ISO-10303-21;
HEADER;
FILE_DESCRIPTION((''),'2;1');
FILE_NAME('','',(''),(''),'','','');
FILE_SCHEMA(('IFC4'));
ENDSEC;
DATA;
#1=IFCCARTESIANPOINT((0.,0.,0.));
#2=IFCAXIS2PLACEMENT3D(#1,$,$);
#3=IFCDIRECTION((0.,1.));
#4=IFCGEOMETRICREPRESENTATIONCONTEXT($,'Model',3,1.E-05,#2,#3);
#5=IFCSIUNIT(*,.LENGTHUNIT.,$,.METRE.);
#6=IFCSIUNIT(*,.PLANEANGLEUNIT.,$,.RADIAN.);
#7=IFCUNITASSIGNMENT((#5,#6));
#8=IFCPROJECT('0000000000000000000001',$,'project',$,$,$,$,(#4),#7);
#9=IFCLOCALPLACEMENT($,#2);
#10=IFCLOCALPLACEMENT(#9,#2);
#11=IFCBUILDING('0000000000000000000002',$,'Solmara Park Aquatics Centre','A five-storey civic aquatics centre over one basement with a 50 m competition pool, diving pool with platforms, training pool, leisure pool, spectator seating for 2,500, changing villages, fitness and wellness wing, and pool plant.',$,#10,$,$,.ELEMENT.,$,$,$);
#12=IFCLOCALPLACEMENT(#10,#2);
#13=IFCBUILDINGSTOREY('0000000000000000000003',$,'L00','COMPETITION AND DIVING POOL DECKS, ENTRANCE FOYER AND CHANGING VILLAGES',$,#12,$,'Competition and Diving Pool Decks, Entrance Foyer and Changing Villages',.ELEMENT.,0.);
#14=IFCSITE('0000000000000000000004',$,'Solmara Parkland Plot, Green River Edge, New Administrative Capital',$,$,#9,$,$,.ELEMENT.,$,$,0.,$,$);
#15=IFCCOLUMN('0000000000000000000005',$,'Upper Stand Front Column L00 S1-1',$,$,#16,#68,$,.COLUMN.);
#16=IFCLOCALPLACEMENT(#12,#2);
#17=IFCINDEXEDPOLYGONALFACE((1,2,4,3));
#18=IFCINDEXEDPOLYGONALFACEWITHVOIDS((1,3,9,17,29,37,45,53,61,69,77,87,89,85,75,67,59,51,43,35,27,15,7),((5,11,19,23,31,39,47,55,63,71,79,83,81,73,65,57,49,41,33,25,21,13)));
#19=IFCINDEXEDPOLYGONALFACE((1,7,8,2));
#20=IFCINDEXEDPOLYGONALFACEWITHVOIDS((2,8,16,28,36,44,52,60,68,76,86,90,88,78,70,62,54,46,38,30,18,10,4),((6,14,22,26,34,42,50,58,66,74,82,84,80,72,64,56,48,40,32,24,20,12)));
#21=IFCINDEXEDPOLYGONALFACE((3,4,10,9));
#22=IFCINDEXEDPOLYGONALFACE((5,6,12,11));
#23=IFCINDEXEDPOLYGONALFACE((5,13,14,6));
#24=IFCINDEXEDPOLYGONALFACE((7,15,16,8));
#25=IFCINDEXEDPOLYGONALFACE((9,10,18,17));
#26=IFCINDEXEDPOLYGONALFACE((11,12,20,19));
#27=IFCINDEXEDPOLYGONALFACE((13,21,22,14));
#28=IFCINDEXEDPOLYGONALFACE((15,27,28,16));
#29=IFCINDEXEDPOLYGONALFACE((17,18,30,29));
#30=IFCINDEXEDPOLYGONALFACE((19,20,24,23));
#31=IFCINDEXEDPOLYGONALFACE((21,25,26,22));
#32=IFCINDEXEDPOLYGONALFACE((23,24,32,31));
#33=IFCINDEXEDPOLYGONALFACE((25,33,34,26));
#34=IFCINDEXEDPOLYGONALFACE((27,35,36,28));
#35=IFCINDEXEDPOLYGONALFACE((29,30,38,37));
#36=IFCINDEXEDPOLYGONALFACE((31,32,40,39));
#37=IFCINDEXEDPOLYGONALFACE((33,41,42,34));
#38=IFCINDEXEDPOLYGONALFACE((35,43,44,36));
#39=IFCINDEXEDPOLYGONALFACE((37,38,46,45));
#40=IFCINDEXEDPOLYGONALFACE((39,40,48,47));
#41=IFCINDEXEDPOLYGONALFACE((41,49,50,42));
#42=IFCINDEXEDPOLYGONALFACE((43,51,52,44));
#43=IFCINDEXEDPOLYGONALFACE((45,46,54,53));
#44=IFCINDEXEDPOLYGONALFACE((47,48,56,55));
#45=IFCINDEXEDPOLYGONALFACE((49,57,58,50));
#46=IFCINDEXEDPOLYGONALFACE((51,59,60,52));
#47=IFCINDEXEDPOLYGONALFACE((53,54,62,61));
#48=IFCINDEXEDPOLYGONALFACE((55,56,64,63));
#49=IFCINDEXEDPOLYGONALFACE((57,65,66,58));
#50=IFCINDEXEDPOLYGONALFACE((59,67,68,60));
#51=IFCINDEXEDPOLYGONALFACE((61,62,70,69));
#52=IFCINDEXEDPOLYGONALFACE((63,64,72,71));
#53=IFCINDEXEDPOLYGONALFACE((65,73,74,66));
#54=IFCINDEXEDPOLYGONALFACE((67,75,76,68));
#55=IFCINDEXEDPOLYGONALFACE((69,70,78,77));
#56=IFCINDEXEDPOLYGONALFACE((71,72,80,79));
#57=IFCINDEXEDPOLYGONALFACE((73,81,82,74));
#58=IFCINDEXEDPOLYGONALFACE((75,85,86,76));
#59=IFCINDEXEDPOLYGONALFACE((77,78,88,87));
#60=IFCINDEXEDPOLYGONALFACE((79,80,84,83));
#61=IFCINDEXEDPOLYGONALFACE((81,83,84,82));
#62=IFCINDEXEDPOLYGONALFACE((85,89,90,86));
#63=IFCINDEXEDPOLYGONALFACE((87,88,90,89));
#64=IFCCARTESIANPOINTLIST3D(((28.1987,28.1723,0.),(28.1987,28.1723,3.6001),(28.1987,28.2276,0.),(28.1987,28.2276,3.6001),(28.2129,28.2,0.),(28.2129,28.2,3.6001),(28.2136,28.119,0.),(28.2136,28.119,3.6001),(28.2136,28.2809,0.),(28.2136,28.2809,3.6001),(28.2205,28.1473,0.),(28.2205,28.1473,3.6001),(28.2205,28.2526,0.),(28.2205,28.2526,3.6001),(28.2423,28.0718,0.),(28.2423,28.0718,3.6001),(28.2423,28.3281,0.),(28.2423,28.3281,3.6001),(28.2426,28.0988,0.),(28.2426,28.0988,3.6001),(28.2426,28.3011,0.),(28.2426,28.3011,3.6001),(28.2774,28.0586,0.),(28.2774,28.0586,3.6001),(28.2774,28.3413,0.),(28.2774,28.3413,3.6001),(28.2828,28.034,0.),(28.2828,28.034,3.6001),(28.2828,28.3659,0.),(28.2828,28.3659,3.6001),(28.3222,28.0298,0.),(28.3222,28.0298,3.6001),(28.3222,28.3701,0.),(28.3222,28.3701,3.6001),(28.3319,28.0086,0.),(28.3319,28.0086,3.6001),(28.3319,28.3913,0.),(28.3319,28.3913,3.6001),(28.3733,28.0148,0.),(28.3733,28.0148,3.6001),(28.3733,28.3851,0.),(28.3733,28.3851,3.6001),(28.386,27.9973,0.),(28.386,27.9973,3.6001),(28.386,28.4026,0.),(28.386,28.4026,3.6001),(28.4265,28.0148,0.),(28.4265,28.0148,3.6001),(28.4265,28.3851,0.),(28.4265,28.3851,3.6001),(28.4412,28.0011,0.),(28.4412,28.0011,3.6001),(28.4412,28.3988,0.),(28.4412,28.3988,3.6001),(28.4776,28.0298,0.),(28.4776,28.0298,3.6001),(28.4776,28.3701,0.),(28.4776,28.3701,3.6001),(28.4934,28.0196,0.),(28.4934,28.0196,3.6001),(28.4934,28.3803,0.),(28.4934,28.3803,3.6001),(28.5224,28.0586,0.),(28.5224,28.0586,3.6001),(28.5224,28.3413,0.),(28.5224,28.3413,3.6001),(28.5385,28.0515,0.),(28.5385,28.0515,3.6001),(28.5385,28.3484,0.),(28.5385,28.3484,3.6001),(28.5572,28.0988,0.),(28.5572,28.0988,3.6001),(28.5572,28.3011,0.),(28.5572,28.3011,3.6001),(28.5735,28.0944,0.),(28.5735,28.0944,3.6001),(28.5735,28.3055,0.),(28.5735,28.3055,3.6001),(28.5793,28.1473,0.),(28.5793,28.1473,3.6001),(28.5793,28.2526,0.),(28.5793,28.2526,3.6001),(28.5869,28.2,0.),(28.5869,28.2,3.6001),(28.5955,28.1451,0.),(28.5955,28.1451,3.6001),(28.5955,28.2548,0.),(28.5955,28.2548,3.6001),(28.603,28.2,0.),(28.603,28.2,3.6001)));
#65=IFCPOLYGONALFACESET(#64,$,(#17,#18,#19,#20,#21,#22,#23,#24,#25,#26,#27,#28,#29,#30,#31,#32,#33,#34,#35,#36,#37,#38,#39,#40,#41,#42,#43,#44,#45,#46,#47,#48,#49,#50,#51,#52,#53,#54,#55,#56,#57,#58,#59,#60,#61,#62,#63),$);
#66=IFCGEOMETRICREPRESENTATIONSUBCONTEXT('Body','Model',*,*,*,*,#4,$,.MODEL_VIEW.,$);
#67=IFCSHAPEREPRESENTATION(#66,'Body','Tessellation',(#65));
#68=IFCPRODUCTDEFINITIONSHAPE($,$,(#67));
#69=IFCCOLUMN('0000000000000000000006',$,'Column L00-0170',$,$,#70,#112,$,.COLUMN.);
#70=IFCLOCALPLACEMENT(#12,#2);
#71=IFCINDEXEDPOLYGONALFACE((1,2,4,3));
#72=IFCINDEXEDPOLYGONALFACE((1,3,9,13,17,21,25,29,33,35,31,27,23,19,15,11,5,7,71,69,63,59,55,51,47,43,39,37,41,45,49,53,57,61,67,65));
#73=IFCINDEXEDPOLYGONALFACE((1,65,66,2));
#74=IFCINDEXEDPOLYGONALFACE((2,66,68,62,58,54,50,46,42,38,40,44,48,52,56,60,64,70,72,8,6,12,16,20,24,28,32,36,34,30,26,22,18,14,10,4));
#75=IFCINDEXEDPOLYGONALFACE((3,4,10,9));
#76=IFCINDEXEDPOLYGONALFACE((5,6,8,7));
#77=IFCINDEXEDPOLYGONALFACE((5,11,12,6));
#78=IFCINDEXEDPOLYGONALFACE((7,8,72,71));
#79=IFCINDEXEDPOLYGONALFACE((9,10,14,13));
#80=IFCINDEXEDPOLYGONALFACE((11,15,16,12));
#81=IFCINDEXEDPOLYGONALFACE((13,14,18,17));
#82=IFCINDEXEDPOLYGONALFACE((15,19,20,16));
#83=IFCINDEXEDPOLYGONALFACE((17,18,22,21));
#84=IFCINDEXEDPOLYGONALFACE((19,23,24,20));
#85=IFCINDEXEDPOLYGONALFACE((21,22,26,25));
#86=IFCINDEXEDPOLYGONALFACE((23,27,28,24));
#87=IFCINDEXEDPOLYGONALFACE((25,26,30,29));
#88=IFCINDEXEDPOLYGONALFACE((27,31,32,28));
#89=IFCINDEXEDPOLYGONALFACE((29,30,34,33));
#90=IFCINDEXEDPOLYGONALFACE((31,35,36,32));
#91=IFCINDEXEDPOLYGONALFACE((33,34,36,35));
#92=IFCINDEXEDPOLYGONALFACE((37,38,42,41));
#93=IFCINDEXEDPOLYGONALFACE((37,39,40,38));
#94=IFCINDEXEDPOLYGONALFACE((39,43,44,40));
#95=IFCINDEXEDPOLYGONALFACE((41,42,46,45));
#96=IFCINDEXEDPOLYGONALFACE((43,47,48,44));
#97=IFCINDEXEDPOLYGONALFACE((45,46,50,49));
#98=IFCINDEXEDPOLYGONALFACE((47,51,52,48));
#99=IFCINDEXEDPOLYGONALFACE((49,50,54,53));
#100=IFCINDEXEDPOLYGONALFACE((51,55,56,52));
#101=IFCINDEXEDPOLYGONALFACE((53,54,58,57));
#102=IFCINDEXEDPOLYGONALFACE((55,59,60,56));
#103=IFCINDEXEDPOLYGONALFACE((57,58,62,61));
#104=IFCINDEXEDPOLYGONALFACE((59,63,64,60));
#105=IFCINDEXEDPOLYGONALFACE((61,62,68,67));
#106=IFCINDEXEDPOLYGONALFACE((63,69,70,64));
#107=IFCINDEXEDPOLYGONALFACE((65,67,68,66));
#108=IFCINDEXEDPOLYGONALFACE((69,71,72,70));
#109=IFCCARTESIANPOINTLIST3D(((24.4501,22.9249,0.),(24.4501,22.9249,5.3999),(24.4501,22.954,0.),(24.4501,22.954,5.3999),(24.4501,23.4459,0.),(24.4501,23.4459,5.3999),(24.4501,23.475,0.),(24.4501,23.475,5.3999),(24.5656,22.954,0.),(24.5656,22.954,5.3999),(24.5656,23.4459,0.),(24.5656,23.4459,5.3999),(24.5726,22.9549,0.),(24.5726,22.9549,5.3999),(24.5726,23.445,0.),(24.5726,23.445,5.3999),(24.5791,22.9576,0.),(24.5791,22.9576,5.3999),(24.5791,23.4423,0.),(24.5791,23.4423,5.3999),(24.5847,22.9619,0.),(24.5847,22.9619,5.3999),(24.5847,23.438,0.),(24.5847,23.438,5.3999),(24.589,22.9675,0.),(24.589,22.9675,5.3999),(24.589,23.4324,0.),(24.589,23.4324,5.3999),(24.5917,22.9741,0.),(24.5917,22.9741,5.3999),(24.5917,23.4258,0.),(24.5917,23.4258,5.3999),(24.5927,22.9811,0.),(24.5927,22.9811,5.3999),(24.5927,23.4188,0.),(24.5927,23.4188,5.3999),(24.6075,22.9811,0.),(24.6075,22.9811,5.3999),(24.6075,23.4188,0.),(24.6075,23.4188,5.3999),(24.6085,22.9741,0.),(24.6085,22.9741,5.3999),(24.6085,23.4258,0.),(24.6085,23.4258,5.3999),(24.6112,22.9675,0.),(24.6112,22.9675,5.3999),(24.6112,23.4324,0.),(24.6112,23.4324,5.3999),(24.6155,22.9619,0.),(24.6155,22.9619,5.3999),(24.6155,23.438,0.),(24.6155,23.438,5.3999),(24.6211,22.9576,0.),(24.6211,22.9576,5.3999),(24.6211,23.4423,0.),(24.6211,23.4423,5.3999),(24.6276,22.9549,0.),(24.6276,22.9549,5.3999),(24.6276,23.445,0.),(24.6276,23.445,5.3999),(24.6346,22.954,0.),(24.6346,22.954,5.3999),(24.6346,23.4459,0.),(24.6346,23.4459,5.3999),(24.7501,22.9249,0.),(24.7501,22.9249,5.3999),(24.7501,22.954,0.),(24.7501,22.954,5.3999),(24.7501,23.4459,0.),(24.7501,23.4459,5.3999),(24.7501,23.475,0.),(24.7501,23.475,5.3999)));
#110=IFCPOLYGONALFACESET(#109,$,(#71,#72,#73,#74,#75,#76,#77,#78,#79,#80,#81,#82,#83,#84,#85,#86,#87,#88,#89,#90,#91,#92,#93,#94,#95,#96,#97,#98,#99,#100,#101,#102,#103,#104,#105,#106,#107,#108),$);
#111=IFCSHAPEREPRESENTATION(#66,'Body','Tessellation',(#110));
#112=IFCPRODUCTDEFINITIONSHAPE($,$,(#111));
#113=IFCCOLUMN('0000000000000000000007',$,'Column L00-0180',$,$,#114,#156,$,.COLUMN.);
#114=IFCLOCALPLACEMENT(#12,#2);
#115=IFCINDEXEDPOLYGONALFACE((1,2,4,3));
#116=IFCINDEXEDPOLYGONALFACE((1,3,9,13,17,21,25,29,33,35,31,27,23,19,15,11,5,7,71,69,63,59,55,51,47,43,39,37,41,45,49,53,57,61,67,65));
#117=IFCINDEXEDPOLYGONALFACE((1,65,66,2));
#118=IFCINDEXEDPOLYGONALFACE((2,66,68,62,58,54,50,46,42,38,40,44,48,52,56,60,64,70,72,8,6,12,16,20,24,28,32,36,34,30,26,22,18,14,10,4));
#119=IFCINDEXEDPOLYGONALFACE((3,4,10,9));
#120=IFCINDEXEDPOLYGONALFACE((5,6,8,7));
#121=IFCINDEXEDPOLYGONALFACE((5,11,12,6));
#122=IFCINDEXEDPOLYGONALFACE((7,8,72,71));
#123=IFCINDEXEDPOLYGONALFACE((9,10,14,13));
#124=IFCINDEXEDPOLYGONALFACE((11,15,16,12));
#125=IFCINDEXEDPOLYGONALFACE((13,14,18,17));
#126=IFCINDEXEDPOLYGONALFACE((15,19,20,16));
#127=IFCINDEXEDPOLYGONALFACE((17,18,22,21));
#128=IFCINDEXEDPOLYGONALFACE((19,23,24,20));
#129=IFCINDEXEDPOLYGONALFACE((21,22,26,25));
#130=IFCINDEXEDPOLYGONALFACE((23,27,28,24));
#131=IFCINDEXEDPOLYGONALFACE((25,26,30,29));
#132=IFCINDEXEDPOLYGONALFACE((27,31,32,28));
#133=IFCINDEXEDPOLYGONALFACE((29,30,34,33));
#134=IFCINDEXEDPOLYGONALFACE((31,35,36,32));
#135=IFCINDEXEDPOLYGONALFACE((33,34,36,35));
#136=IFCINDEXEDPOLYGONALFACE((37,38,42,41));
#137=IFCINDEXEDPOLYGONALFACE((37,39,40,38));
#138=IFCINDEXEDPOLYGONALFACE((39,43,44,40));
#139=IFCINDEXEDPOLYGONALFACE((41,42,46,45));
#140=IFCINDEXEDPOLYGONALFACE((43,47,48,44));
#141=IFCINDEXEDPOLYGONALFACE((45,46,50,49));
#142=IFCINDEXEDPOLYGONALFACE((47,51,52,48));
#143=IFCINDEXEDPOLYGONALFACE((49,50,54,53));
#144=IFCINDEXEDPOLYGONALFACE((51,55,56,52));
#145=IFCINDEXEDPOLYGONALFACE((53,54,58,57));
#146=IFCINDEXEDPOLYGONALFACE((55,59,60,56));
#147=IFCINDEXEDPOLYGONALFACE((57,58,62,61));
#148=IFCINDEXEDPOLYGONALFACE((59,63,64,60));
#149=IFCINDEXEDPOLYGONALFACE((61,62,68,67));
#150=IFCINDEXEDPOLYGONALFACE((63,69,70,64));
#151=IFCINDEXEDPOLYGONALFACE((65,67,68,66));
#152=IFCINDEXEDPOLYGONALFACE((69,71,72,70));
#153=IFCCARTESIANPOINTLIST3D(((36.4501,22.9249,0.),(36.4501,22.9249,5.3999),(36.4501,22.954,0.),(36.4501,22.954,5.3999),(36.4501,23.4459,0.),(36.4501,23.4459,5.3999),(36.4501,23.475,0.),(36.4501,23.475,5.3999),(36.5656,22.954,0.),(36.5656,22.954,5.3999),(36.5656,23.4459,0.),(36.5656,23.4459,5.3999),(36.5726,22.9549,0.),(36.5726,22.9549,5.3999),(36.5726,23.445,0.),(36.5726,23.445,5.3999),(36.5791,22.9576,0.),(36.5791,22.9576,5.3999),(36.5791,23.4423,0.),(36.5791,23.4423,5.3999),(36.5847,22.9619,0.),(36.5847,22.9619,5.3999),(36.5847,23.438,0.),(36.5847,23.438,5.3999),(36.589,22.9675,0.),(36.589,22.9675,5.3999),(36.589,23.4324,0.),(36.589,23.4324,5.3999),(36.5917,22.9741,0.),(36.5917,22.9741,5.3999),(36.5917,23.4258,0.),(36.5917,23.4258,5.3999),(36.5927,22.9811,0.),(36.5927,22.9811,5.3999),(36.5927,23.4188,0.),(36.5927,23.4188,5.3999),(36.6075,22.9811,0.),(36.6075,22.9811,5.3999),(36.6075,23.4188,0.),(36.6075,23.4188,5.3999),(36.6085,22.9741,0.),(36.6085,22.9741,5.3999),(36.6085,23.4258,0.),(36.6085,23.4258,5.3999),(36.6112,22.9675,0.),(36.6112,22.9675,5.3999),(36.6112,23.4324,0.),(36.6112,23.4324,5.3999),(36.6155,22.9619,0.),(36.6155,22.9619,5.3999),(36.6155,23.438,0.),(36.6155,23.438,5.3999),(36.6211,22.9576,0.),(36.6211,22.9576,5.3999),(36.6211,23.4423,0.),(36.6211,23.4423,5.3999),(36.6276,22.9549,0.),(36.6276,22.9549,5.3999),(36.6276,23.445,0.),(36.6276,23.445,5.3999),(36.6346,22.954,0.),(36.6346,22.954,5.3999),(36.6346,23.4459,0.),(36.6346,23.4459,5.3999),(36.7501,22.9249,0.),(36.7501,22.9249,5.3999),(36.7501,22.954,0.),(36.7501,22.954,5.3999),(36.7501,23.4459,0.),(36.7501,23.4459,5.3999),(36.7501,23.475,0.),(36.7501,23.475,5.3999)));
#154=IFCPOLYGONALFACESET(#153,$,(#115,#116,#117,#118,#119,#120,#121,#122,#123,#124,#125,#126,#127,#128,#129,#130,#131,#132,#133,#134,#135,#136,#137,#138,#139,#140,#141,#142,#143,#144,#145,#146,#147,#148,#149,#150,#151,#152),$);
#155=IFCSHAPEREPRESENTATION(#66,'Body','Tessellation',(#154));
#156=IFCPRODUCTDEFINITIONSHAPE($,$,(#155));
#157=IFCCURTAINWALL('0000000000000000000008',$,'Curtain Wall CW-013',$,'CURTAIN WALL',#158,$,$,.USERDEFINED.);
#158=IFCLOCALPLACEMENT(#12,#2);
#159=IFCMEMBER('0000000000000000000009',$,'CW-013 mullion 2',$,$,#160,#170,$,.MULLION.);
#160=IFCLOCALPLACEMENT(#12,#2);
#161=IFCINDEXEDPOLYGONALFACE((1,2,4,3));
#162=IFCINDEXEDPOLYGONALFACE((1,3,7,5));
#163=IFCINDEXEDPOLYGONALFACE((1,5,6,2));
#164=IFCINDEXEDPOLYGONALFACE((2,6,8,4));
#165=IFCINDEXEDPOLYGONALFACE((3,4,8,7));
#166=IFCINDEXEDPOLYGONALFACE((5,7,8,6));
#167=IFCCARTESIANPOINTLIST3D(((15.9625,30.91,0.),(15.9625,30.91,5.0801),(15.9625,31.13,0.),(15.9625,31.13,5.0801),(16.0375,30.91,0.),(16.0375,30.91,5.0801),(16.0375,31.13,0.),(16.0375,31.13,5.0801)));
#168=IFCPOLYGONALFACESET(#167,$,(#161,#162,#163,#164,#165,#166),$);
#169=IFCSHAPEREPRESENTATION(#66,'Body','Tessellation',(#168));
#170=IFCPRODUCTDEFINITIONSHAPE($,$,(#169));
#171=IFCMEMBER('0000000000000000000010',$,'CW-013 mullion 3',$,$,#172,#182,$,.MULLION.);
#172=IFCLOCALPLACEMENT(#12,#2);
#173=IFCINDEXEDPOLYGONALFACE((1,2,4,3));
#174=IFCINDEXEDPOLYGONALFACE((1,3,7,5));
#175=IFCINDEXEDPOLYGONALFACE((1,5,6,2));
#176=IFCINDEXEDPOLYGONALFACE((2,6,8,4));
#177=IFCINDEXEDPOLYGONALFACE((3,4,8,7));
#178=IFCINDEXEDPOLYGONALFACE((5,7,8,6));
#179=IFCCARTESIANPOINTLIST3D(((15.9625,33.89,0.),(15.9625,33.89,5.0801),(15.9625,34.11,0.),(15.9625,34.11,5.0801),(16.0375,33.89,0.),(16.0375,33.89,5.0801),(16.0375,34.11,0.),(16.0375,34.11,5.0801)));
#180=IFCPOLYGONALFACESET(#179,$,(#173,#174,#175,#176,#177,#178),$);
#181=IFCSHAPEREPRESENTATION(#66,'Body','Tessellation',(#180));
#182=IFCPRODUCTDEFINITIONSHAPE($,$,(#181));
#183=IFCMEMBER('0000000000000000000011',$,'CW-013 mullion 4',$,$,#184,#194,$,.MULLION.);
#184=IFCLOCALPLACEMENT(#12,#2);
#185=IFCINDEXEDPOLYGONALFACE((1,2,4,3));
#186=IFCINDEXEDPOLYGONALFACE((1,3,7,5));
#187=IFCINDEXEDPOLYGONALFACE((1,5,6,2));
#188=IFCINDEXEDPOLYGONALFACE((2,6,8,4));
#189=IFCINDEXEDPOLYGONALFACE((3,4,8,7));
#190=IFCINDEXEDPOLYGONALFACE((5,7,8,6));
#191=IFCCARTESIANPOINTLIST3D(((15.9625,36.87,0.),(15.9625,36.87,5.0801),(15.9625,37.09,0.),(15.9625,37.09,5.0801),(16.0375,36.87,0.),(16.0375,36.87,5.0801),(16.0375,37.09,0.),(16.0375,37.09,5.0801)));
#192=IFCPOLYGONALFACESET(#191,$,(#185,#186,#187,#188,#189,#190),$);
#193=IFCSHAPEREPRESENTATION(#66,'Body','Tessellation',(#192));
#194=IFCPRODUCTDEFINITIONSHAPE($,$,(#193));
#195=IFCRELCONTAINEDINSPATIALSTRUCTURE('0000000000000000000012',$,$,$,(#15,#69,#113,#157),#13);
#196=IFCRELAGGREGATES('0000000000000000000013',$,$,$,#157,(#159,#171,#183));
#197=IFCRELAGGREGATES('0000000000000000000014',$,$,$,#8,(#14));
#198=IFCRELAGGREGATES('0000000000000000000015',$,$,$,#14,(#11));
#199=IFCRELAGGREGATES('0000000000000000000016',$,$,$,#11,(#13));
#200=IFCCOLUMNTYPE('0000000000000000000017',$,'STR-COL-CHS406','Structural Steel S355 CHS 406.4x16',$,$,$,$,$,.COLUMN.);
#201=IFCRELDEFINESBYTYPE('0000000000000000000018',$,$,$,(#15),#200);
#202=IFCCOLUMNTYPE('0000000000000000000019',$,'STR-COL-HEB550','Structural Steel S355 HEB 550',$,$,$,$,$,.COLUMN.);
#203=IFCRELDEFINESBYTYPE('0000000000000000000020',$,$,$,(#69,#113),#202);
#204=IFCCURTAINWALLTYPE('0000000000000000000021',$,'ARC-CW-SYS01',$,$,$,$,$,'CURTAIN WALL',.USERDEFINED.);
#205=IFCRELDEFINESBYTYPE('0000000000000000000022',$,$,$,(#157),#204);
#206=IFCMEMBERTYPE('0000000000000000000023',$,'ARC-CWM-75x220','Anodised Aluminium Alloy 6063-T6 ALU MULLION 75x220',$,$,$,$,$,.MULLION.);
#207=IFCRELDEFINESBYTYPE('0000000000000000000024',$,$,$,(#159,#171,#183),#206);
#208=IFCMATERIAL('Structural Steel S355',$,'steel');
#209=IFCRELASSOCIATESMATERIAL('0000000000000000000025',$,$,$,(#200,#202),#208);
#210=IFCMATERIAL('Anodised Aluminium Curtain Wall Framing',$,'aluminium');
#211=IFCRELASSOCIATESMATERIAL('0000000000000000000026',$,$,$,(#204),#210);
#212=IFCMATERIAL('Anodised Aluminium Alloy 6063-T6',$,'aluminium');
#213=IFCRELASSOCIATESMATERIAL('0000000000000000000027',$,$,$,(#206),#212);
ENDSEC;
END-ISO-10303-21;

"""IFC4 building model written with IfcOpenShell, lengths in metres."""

from ifc_helpers import new_model, si_unit, direction, frame, origin, origin_2d, place, context, subcontext, project, spatial, rectangle, hollow_circle, i_section, extrude, material, material_profile, profile_set, type_object, element, aggregate, save


model = new_model("IFC4")

# Units and contexts
model_context = context("Model", 3, precision=1e-05, world=origin(), true_north=direction((0.0, 1.0)))
body_context = subcontext(model_context, "Body", "Model", "MODEL_VIEW")
ifc_project = project(units=[si_unit("LENGTHUNIT", "METRE"), si_unit("PLANEANGLEUNIT", "RADIAN")], contexts=[model_context])

# Site, building, storey
site_placement = place(None, origin())
site = spatial("IfcSite", under=ifc_project, at=site_placement, Name="Solmara Parkland Plot, Green River Edge, New Administrative Capital", CompositionType="ELEMENT", RefElevation=0.0)
building_placement = place(site_placement, origin())
building = spatial("IfcBuilding", under=site, at=building_placement, Name="Solmara Park Aquatics Centre", Description="A five-storey civic aquatics centre over one basement with a 50 m competition pool, diving pool with platforms, training pool, leisure pool, spectator seating for 2,500, changing villages, fitness and wellness wing, and pool plant.", CompositionType="ELEMENT")
storey_placement = place(building_placement, origin())
storey = spatial("IfcBuildingStorey", under=building, at=storey_placement, Name="L00", Description="COMPETITION AND DIVING POOL DECKS, ENTRANCE FOYER AND CHANGING VILLAGES", LongName="Competition and Diving Pool Decks, Entrance Foyer and Changing Villages", CompositionType="ELEMENT", Elevation=0.0)

# Columns
ifc_material_1 = material(Name="Structural Steel S355", Category="steel")
ifc_material_profile_1 = material_profile(ifc_material_1, hollow_circle(Radius=0.2031, WallThickness=0.0161, at=origin_2d()), Name="CHS 406.4x16")
ifc_profile_set_1 = profile_set([ifc_material_profile_1], Name="Structural Steel S355")
column_type_1 = type_object("IfcColumnType", Name="STR-COL-CHS406", Description="Structural Steel S355 CHS 406.4x16", PredefinedType="COLUMN", material=ifc_profile_set_1)
column_placement = place(storey_placement, frame((28.3999, 28.2, 0.0), z_axis=(0.0, 0.0, 1.0), x_axis=(1.0, 0.0, 0.0)))
element("IfcColumn", 1, at=column_placement, inside=storey, type_object=column_type_1, Name="Upper Stand Front Column L00 S1-1", PredefinedType="COLUMN", context=body_context, shape_type="SweptSolid", body=[
    extrude(hollow_circle(Radius=0.2031, WallThickness=0.0161, at=origin_2d()), origin(), (0.0, 0.0, 1.0), 3.6001),
])
ifc_material_profile_2 = material_profile(ifc_material_1, i_section(OverallWidth=0.3, OverallDepth=0.55, WebThickness=0.0149, FlangeThickness=0.0291, FilletRadius=0.0271, at=origin_2d()), Name="HEB 550")
ifc_profile_set_2 = profile_set([ifc_material_profile_2], Name="Structural Steel S355")
column_type_2 = type_object("IfcColumnType", Name="STR-COL-HEB550", Description="Structural Steel S355 HEB 550", PredefinedType="COLUMN", material=ifc_profile_set_2)
for number, where, z_axis, x_axis, name in (
    (2, (24.6001, 23.2, 0.0), (0.0, 0.0, 1.0), (1.0, 0.0, 0.0), "Column L00-0170"),
    (3, (36.6001, 23.2, 0.0), (0.0, 0.0, 1.0), (1.0, 0.0, 0.0), "Column L00-0180"),
):
    element("IfcColumn", number, at=place(storey_placement, frame(where, z_axis=z_axis, x_axis=x_axis)), inside=storey, type_object=column_type_2, Name=name, PredefinedType="COLUMN", context=body_context, shape_type="SweptSolid", body=[
        extrude(i_section(OverallWidth=0.3, OverallDepth=0.55, WebThickness=0.0149, FlangeThickness=0.0291, FilletRadius=0.0271, at=origin_2d()), origin(), (0.0, 0.0, 1.0), 5.3999),
    ])

# Curtain wall, members
ifc_material_2 = material(Name="Anodised Aluminium Curtain Wall Framing", Category="aluminium")
curtain_wall_type = type_object("IfcCurtainWallType", Name="ARC-CW-SYS01", ElementType="CURTAIN WALL", PredefinedType="USERDEFINED", material=ifc_material_2)
curtain_wall_placement = place(storey_placement, origin())
curtain_wall = element("IfcCurtainWall", 4, at=curtain_wall_placement, inside=storey, type_object=curtain_wall_type, Name="Curtain Wall CW-013", ObjectType="CURTAIN WALL", PredefinedType="USERDEFINED")
ifc_material_3 = material(Name="Anodised Aluminium Alloy 6063-T6", Category="aluminium")
ifc_material_profile_3 = material_profile(ifc_material_3, rectangle(XDim=0.075, YDim=0.22, at=origin_2d()), Name="ALU MULLION 75x220")
ifc_profile_set_3 = profile_set([ifc_material_profile_3], Name="Anodised Aluminium Alloy 6063-T6")
member_type_1 = type_object("IfcMemberType", Name="ARC-CWM-75x220", Description="Anodised Aluminium Alloy 6063-T6 ALU MULLION 75x220", PredefinedType="MULLION", material=ifc_profile_set_3)
member_1_placement = place(storey_placement, frame((16.0, 31.02, 0.0), z_axis=(0.0, 0.0, 1.0), x_axis=(1.0, 0.0, 0.0)))
member_1 = element("IfcMember", 5, at=member_1_placement, type_object=member_type_1, Name="CW-013 mullion 2", PredefinedType="MULLION", context=body_context, shape_type="SweptSolid", body=[
    extrude(rectangle(XDim=0.075, YDim=0.22, at=origin_2d()), origin(), (0.0, 0.0, 1.0), 5.0801),
])
member_2_placement = place(storey_placement, frame((16.0, 34.0, 0.0), z_axis=(0.0, 0.0, 1.0), x_axis=(1.0, 0.0, 0.0)))
member_2 = element("IfcMember", 6, at=member_2_placement, type_object=member_type_1, Name="CW-013 mullion 3", PredefinedType="MULLION", context=body_context, shape_type="SweptSolid", body=[
    extrude(rectangle(XDim=0.075, YDim=0.22, at=origin_2d()), origin(), (0.0, 0.0, 1.0), 5.0801),
])
member_3_placement = place(storey_placement, frame((16.0, 36.98, 0.0), z_axis=(0.0, 0.0, 1.0), x_axis=(1.0, 0.0, 0.0)))
member_3 = element("IfcMember", 7, at=member_3_placement, type_object=member_type_1, Name="CW-013 mullion 4", PredefinedType="MULLION", context=body_context, shape_type="SweptSolid", body=[
    extrude(rectangle(XDim=0.075, YDim=0.22, at=origin_2d()), origin(), (0.0, 0.0, 1.0), 5.0801),
])

aggregate(curtain_wall, [member_1, member_2, member_3])

save(model, "model.ifc")
